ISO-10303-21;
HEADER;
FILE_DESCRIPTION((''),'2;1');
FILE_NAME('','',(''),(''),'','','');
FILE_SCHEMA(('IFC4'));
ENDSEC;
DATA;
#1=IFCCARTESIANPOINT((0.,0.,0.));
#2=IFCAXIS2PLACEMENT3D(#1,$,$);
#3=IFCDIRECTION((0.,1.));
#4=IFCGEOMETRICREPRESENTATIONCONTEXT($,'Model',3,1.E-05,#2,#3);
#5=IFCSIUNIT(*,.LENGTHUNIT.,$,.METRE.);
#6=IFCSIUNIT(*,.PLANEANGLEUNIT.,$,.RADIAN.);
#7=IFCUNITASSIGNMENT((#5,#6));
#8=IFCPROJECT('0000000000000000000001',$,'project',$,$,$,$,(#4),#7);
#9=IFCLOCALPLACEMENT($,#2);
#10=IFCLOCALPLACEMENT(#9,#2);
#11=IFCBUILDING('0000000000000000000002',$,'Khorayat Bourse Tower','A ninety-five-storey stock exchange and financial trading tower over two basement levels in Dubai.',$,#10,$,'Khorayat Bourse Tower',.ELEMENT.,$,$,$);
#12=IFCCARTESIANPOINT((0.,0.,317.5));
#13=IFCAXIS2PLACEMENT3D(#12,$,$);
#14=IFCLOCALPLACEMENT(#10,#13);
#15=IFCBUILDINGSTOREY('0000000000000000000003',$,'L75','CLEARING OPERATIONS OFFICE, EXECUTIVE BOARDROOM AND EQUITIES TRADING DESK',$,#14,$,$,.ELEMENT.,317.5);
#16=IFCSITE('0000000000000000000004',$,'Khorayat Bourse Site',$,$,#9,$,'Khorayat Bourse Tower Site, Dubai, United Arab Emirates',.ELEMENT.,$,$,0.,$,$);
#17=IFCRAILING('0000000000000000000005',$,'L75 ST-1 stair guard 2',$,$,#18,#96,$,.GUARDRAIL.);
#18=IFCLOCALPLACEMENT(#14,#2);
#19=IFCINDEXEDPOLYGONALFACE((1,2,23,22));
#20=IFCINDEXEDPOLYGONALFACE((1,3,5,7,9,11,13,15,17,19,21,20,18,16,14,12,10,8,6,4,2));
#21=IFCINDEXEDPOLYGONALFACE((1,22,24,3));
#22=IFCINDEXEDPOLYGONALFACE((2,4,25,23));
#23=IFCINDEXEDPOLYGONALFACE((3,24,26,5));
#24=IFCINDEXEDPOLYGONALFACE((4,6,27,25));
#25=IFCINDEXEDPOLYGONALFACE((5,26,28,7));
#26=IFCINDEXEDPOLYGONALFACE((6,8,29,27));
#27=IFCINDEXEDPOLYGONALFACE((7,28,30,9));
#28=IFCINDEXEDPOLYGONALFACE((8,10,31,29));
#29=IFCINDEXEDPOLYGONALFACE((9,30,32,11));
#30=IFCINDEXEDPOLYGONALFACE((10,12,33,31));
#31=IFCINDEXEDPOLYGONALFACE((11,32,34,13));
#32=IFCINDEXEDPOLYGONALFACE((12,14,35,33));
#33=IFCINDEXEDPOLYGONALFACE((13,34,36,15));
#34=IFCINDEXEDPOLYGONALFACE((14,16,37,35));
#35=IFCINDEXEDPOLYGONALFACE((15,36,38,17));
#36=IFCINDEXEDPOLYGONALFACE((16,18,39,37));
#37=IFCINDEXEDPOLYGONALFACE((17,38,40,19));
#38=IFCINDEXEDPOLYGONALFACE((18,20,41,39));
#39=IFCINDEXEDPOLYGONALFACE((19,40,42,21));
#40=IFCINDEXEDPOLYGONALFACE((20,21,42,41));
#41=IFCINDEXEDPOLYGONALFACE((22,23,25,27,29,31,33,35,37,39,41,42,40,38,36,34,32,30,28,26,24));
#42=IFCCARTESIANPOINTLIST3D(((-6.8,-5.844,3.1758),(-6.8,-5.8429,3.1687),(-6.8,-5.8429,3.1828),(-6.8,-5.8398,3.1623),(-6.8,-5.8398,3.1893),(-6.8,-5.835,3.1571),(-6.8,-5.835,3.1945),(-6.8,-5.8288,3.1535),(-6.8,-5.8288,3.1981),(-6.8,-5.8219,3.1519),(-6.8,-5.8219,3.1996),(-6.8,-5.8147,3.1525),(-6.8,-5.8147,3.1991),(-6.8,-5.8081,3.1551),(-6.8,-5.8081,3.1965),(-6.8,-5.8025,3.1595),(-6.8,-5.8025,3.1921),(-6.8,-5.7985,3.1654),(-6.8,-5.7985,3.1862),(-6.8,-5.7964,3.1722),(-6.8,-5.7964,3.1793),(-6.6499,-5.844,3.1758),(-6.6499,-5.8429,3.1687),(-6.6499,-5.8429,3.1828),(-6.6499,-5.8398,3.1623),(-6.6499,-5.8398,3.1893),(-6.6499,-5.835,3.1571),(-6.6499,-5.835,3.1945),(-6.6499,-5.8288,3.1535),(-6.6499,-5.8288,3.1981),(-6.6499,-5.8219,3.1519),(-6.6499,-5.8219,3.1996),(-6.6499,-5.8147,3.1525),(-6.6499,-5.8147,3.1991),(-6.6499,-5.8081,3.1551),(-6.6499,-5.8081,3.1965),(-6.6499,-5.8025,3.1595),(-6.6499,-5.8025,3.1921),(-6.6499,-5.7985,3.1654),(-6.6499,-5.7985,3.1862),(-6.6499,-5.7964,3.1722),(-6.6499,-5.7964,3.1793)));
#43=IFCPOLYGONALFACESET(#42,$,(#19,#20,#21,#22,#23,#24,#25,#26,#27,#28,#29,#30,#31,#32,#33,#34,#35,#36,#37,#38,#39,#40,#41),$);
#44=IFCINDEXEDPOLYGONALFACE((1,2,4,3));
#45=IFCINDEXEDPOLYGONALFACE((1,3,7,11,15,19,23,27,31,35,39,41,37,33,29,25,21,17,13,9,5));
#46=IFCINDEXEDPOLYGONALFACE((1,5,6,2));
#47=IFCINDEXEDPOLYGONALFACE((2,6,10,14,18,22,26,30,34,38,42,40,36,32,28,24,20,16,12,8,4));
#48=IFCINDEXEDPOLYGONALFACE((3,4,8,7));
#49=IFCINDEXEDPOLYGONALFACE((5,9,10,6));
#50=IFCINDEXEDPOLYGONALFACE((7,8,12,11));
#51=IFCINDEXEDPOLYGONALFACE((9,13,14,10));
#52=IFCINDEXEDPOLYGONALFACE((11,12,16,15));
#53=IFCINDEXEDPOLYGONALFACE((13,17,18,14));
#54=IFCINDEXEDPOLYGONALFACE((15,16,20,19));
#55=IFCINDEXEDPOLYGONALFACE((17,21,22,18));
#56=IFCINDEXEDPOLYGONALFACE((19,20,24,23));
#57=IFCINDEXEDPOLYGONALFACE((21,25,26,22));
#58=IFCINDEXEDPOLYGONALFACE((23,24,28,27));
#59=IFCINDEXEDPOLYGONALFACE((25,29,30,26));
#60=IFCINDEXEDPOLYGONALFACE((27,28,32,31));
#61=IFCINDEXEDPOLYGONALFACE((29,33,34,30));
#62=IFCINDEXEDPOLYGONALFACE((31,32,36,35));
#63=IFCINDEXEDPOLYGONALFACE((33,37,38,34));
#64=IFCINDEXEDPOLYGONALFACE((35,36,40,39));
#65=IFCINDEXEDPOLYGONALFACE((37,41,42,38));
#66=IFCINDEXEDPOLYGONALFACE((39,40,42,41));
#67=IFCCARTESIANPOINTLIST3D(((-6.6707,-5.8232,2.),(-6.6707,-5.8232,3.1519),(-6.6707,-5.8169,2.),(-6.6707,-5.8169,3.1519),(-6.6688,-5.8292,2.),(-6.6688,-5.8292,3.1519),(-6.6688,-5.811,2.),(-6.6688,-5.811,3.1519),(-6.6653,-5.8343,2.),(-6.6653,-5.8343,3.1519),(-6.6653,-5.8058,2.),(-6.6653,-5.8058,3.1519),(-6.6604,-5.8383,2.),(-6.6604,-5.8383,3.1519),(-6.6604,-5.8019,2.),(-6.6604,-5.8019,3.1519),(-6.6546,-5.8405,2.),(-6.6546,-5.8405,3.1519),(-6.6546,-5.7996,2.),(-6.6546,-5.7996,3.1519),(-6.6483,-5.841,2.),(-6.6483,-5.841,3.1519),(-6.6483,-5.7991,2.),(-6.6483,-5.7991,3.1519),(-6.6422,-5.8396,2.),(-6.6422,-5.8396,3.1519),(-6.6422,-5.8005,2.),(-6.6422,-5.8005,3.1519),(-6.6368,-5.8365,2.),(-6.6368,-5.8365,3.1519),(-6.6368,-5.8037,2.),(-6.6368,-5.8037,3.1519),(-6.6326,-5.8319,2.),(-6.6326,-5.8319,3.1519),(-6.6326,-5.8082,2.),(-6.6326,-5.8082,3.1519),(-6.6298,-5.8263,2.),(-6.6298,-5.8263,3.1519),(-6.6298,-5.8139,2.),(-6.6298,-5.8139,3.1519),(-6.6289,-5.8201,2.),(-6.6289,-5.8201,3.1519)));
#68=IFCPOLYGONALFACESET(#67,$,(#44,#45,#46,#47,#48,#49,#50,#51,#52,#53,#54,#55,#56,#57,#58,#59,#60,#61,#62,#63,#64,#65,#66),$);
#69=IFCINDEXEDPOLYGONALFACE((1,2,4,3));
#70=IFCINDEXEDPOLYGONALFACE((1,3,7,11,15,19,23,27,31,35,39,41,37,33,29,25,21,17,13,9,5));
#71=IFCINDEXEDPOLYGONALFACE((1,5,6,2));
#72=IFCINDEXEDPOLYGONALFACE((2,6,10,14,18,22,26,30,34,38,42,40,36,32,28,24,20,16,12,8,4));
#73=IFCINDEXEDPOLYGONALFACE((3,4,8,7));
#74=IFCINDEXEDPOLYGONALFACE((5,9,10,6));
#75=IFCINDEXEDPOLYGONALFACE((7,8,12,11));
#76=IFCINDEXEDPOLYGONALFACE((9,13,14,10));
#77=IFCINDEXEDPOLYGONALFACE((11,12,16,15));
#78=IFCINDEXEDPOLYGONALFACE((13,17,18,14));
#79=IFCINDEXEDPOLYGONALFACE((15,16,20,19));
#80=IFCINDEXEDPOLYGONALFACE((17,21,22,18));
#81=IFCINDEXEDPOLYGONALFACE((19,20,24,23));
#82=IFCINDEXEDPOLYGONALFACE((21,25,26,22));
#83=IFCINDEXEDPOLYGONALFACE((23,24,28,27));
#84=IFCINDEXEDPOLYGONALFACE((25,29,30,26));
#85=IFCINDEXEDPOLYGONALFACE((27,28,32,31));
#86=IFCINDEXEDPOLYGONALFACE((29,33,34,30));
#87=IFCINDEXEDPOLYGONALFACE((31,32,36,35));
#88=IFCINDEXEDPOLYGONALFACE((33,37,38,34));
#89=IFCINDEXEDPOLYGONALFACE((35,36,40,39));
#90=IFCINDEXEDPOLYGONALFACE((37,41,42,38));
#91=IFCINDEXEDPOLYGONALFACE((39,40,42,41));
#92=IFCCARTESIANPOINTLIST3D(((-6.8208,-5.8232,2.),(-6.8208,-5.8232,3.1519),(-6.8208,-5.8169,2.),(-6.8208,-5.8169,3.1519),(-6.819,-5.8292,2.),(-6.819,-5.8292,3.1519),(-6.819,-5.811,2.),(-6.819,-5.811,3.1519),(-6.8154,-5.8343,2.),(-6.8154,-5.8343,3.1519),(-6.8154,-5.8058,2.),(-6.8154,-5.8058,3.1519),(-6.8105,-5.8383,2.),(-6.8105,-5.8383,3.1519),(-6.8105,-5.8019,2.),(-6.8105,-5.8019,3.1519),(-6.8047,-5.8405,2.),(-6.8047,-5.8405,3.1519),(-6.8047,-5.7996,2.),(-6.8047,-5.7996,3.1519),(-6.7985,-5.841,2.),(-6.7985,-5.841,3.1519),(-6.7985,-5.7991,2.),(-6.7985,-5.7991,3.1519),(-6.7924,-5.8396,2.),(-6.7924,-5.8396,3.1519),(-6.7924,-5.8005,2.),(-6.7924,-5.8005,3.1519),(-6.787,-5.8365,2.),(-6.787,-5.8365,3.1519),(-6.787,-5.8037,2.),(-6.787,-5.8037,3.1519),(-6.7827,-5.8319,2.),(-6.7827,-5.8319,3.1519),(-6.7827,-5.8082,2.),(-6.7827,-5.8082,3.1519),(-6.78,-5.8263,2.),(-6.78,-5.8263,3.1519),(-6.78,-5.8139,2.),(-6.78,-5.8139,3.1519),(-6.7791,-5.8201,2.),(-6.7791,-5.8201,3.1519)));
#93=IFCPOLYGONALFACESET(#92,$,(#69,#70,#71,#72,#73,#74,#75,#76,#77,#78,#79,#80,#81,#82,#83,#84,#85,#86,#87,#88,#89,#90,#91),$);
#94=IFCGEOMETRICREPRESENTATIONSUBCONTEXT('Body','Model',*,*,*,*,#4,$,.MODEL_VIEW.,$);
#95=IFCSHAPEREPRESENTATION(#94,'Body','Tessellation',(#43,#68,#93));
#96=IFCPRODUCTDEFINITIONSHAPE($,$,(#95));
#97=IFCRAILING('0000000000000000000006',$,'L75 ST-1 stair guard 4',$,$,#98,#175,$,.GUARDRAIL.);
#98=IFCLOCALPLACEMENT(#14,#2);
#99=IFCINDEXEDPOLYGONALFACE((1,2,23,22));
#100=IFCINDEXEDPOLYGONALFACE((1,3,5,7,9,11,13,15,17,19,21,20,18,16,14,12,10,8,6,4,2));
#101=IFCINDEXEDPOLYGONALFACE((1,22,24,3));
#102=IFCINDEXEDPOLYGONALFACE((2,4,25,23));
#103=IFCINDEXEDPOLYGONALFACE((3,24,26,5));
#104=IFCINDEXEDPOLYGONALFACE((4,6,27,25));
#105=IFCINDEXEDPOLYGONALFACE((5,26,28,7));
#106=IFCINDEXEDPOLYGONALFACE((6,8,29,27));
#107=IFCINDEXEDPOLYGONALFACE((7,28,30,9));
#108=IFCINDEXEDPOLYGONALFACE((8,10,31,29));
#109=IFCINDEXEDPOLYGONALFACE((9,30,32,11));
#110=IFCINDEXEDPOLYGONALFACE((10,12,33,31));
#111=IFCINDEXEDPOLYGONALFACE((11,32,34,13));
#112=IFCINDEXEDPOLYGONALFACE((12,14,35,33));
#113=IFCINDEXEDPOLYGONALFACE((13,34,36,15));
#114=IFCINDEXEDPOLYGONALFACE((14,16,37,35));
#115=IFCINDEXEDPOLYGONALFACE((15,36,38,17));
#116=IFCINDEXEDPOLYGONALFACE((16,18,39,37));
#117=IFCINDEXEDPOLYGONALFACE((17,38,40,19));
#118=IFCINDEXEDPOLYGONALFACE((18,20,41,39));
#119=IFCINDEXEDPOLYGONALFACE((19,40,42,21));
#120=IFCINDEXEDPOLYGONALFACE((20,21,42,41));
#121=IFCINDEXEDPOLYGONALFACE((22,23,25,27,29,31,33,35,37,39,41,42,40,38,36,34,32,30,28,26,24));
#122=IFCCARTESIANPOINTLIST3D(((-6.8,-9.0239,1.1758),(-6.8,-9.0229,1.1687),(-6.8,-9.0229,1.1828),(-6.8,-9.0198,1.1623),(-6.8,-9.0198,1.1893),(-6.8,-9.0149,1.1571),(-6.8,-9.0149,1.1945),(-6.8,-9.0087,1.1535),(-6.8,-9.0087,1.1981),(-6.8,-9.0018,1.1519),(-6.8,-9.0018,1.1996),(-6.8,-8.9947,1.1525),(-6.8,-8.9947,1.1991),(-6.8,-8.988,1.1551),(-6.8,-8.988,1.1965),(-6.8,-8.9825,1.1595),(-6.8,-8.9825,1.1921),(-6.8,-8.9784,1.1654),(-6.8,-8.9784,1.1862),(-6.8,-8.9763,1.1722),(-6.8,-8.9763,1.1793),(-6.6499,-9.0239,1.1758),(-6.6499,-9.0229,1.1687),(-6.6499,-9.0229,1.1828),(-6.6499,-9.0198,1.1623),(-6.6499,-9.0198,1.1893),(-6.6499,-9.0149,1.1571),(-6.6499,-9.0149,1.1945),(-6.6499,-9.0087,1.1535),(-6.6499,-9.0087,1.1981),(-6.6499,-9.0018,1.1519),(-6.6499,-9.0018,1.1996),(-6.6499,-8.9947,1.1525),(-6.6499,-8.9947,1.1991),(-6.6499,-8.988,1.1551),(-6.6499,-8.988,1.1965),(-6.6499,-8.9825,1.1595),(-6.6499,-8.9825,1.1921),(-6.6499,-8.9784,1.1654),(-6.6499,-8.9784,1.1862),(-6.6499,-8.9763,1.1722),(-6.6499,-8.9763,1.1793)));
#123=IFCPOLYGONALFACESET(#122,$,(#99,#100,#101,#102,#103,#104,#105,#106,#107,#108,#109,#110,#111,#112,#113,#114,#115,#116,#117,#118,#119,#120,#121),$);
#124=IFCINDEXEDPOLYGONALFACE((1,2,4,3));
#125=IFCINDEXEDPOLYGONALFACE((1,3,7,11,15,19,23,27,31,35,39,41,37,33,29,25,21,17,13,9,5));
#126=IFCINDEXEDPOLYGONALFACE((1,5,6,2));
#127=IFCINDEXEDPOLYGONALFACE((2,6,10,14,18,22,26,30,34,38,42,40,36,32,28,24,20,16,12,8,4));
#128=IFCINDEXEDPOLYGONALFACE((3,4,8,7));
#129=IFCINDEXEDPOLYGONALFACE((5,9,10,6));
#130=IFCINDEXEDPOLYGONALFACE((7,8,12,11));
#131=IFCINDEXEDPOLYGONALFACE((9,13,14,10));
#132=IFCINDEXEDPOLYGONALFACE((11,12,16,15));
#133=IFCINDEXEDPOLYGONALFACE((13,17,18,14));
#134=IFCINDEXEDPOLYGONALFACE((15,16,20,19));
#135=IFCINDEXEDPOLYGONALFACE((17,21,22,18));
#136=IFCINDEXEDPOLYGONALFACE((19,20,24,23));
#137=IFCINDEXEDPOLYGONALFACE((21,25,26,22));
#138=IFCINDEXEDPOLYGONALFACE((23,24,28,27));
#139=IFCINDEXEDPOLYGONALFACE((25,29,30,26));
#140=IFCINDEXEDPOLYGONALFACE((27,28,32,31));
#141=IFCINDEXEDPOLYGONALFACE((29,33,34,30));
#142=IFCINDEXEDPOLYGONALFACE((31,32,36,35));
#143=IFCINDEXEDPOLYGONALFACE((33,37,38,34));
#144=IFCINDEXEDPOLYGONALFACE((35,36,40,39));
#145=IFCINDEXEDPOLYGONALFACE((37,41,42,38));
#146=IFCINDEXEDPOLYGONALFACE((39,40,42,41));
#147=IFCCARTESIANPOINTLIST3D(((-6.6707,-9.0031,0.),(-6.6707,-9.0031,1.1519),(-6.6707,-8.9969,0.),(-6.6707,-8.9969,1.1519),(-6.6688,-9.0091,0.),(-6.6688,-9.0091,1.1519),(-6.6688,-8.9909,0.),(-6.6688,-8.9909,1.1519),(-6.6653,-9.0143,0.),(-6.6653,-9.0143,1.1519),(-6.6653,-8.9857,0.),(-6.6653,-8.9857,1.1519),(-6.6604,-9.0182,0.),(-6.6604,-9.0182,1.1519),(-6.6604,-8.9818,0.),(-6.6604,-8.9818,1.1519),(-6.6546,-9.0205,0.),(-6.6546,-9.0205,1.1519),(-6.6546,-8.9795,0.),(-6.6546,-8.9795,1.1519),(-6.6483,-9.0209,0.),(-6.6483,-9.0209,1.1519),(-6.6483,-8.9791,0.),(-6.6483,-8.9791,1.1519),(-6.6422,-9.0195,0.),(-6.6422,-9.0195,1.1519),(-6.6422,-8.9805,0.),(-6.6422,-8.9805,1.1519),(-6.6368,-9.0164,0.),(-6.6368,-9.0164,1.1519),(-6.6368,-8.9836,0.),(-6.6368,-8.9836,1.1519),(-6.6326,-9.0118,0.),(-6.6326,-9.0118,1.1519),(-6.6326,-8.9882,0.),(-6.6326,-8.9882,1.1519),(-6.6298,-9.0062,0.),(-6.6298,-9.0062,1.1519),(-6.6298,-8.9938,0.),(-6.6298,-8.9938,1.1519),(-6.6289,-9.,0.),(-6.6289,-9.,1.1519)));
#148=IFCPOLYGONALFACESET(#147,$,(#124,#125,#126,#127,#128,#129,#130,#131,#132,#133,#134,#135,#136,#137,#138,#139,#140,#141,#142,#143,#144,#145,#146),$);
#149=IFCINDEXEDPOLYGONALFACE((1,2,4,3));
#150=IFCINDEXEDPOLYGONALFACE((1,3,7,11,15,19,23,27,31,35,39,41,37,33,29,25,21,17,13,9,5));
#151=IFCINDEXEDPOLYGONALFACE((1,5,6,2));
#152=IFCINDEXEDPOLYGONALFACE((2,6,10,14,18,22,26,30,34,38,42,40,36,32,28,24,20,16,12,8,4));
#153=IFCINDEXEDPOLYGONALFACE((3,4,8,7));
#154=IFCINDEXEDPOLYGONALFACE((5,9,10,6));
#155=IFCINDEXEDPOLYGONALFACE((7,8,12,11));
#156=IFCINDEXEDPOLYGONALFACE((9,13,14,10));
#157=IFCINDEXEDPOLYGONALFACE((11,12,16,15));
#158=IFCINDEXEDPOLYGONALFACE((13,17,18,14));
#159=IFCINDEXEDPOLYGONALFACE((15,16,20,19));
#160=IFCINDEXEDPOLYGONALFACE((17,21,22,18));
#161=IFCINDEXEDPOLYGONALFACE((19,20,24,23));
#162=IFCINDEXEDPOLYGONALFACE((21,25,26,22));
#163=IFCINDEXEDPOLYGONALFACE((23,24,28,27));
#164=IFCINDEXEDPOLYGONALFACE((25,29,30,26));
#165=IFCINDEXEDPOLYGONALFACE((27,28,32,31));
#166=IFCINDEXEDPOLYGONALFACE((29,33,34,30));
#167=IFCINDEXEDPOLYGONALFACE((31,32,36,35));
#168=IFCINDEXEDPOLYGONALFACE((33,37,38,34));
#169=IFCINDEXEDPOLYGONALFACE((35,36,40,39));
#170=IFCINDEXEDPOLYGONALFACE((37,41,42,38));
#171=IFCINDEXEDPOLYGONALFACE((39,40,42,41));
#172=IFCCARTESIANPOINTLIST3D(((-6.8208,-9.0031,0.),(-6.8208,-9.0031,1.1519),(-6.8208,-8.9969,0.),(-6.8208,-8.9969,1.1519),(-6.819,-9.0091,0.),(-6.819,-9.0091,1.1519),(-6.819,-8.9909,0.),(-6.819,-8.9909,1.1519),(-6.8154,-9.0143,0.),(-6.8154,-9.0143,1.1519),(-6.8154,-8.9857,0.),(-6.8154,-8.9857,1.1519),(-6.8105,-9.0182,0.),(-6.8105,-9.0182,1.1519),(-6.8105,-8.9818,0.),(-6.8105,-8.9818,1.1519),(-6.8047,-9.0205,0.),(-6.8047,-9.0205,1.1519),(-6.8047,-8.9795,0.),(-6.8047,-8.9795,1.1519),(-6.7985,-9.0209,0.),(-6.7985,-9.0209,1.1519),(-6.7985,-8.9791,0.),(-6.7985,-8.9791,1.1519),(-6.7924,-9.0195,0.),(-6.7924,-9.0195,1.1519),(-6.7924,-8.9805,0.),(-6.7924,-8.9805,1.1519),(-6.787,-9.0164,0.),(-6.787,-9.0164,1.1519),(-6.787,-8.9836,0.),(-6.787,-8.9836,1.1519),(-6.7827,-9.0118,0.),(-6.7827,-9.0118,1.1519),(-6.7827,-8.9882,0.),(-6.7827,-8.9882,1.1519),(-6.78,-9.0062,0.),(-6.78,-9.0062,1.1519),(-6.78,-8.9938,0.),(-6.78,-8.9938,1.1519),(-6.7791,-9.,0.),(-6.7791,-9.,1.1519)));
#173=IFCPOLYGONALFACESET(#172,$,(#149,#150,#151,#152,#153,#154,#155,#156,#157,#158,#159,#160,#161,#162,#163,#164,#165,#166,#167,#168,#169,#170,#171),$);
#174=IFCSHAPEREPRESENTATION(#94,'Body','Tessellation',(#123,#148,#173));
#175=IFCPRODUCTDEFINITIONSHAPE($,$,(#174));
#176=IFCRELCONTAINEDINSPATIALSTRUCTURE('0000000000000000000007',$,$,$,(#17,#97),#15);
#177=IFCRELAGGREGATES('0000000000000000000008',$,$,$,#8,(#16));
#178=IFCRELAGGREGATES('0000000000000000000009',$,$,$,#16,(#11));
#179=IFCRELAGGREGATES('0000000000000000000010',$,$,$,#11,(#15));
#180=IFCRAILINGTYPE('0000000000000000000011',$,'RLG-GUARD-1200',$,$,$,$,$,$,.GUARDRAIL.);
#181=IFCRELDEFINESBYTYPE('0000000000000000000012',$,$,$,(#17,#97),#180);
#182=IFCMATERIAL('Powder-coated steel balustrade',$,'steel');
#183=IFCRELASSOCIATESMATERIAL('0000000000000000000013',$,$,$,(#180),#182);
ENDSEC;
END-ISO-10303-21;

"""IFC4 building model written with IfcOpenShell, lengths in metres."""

from ifc_helpers import new_model, si_unit, direction, frame, origin, origin_2d, place, context, subcontext, project, spatial, circle, extrude, source, transform, mapped, material, type_object, element, save


model = new_model("IFC4")

# Units and contexts
model_context = context("Model", 3, precision=1e-05, world=origin(), true_north=direction((0.0, 1.0)))
body_context = subcontext(model_context, "Body", "Model", "MODEL_VIEW")
ifc_project = project(units=[si_unit("LENGTHUNIT", "METRE"), si_unit("PLANEANGLEUNIT", "RADIAN")], contexts=[model_context])

# Site, building, storey
site_placement = place(None, origin())
site = spatial("IfcSite", under=ifc_project, at=site_placement, Name="Khorayat Bourse Site", LongName="Khorayat Bourse Tower Site, Dubai, United Arab Emirates", CompositionType="ELEMENT", RefElevation=0.0)
building_placement = place(site_placement, origin())
building = spatial("IfcBuilding", under=site, at=building_placement, Name="Khorayat Bourse Tower", Description="A ninety-five-storey stock exchange and financial trading tower over two basement levels in Dubai.", LongName="Khorayat Bourse Tower", CompositionType="ELEMENT")
storey_placement = place(building_placement, frame((0.0, 0.0, 317.5)))
storey = spatial("IfcBuildingStorey", under=building, at=storey_placement, Name="L75", Description="CLEARING OPERATIONS OFFICE, EXECUTIVE BOARDROOM AND EQUITIES TRADING DESK", CompositionType="ELEMENT", Elevation=317.5)

# Railings
ifc_material_1 = material(Name="Powder-coated steel balustrade", Category="steel")
railing_type_1 = type_object("IfcRailingType", Name="RLG-GUARD-1200", PredefinedType="GUARDRAIL", material=ifc_material_1)
shared_shape_1 = source(origin(), body_context, "Body", "SweptSolid", [
    extrude(circle(Radius=0.0239, at=origin_2d()), frame((0.0, 0.0, 1.1758), z_axis=(-1.0, 0.0, 0.0), x_axis=(0.0, -1.0, 0.0)), (0.0, 0.0, 1.0), 0.1501),
    extrude(circle(Radius=0.021, at=origin_2d()), origin(), (0.0, 0.0, 1.0), 1.1519),
    extrude(circle(Radius=0.021, at=origin_2d()), frame((-0.1501, 0.0, 0.0)), (0.0, 0.0, 1.0), 1.1519),
])
for number, where, name in (
    (1, (-6.6499, -5.8201, 2.0), "L75 ST-1 stair guard 2"),
    (2, (-6.6499, -9.0, 0.0), "L75 ST-1 stair guard 4"),
):
    element("IfcRailing", number, at=place(storey_placement, frame(where)), inside=storey, type_object=railing_type_1, Name=name, PredefinedType="GUARDRAIL", context=body_context, shape_type="MappedRepresentation", body=[
        mapped(shared_shape_1, transform((0.0, 0.0, 0.0), scale=1.0)),
    ])

save(model, "model.ifc")
